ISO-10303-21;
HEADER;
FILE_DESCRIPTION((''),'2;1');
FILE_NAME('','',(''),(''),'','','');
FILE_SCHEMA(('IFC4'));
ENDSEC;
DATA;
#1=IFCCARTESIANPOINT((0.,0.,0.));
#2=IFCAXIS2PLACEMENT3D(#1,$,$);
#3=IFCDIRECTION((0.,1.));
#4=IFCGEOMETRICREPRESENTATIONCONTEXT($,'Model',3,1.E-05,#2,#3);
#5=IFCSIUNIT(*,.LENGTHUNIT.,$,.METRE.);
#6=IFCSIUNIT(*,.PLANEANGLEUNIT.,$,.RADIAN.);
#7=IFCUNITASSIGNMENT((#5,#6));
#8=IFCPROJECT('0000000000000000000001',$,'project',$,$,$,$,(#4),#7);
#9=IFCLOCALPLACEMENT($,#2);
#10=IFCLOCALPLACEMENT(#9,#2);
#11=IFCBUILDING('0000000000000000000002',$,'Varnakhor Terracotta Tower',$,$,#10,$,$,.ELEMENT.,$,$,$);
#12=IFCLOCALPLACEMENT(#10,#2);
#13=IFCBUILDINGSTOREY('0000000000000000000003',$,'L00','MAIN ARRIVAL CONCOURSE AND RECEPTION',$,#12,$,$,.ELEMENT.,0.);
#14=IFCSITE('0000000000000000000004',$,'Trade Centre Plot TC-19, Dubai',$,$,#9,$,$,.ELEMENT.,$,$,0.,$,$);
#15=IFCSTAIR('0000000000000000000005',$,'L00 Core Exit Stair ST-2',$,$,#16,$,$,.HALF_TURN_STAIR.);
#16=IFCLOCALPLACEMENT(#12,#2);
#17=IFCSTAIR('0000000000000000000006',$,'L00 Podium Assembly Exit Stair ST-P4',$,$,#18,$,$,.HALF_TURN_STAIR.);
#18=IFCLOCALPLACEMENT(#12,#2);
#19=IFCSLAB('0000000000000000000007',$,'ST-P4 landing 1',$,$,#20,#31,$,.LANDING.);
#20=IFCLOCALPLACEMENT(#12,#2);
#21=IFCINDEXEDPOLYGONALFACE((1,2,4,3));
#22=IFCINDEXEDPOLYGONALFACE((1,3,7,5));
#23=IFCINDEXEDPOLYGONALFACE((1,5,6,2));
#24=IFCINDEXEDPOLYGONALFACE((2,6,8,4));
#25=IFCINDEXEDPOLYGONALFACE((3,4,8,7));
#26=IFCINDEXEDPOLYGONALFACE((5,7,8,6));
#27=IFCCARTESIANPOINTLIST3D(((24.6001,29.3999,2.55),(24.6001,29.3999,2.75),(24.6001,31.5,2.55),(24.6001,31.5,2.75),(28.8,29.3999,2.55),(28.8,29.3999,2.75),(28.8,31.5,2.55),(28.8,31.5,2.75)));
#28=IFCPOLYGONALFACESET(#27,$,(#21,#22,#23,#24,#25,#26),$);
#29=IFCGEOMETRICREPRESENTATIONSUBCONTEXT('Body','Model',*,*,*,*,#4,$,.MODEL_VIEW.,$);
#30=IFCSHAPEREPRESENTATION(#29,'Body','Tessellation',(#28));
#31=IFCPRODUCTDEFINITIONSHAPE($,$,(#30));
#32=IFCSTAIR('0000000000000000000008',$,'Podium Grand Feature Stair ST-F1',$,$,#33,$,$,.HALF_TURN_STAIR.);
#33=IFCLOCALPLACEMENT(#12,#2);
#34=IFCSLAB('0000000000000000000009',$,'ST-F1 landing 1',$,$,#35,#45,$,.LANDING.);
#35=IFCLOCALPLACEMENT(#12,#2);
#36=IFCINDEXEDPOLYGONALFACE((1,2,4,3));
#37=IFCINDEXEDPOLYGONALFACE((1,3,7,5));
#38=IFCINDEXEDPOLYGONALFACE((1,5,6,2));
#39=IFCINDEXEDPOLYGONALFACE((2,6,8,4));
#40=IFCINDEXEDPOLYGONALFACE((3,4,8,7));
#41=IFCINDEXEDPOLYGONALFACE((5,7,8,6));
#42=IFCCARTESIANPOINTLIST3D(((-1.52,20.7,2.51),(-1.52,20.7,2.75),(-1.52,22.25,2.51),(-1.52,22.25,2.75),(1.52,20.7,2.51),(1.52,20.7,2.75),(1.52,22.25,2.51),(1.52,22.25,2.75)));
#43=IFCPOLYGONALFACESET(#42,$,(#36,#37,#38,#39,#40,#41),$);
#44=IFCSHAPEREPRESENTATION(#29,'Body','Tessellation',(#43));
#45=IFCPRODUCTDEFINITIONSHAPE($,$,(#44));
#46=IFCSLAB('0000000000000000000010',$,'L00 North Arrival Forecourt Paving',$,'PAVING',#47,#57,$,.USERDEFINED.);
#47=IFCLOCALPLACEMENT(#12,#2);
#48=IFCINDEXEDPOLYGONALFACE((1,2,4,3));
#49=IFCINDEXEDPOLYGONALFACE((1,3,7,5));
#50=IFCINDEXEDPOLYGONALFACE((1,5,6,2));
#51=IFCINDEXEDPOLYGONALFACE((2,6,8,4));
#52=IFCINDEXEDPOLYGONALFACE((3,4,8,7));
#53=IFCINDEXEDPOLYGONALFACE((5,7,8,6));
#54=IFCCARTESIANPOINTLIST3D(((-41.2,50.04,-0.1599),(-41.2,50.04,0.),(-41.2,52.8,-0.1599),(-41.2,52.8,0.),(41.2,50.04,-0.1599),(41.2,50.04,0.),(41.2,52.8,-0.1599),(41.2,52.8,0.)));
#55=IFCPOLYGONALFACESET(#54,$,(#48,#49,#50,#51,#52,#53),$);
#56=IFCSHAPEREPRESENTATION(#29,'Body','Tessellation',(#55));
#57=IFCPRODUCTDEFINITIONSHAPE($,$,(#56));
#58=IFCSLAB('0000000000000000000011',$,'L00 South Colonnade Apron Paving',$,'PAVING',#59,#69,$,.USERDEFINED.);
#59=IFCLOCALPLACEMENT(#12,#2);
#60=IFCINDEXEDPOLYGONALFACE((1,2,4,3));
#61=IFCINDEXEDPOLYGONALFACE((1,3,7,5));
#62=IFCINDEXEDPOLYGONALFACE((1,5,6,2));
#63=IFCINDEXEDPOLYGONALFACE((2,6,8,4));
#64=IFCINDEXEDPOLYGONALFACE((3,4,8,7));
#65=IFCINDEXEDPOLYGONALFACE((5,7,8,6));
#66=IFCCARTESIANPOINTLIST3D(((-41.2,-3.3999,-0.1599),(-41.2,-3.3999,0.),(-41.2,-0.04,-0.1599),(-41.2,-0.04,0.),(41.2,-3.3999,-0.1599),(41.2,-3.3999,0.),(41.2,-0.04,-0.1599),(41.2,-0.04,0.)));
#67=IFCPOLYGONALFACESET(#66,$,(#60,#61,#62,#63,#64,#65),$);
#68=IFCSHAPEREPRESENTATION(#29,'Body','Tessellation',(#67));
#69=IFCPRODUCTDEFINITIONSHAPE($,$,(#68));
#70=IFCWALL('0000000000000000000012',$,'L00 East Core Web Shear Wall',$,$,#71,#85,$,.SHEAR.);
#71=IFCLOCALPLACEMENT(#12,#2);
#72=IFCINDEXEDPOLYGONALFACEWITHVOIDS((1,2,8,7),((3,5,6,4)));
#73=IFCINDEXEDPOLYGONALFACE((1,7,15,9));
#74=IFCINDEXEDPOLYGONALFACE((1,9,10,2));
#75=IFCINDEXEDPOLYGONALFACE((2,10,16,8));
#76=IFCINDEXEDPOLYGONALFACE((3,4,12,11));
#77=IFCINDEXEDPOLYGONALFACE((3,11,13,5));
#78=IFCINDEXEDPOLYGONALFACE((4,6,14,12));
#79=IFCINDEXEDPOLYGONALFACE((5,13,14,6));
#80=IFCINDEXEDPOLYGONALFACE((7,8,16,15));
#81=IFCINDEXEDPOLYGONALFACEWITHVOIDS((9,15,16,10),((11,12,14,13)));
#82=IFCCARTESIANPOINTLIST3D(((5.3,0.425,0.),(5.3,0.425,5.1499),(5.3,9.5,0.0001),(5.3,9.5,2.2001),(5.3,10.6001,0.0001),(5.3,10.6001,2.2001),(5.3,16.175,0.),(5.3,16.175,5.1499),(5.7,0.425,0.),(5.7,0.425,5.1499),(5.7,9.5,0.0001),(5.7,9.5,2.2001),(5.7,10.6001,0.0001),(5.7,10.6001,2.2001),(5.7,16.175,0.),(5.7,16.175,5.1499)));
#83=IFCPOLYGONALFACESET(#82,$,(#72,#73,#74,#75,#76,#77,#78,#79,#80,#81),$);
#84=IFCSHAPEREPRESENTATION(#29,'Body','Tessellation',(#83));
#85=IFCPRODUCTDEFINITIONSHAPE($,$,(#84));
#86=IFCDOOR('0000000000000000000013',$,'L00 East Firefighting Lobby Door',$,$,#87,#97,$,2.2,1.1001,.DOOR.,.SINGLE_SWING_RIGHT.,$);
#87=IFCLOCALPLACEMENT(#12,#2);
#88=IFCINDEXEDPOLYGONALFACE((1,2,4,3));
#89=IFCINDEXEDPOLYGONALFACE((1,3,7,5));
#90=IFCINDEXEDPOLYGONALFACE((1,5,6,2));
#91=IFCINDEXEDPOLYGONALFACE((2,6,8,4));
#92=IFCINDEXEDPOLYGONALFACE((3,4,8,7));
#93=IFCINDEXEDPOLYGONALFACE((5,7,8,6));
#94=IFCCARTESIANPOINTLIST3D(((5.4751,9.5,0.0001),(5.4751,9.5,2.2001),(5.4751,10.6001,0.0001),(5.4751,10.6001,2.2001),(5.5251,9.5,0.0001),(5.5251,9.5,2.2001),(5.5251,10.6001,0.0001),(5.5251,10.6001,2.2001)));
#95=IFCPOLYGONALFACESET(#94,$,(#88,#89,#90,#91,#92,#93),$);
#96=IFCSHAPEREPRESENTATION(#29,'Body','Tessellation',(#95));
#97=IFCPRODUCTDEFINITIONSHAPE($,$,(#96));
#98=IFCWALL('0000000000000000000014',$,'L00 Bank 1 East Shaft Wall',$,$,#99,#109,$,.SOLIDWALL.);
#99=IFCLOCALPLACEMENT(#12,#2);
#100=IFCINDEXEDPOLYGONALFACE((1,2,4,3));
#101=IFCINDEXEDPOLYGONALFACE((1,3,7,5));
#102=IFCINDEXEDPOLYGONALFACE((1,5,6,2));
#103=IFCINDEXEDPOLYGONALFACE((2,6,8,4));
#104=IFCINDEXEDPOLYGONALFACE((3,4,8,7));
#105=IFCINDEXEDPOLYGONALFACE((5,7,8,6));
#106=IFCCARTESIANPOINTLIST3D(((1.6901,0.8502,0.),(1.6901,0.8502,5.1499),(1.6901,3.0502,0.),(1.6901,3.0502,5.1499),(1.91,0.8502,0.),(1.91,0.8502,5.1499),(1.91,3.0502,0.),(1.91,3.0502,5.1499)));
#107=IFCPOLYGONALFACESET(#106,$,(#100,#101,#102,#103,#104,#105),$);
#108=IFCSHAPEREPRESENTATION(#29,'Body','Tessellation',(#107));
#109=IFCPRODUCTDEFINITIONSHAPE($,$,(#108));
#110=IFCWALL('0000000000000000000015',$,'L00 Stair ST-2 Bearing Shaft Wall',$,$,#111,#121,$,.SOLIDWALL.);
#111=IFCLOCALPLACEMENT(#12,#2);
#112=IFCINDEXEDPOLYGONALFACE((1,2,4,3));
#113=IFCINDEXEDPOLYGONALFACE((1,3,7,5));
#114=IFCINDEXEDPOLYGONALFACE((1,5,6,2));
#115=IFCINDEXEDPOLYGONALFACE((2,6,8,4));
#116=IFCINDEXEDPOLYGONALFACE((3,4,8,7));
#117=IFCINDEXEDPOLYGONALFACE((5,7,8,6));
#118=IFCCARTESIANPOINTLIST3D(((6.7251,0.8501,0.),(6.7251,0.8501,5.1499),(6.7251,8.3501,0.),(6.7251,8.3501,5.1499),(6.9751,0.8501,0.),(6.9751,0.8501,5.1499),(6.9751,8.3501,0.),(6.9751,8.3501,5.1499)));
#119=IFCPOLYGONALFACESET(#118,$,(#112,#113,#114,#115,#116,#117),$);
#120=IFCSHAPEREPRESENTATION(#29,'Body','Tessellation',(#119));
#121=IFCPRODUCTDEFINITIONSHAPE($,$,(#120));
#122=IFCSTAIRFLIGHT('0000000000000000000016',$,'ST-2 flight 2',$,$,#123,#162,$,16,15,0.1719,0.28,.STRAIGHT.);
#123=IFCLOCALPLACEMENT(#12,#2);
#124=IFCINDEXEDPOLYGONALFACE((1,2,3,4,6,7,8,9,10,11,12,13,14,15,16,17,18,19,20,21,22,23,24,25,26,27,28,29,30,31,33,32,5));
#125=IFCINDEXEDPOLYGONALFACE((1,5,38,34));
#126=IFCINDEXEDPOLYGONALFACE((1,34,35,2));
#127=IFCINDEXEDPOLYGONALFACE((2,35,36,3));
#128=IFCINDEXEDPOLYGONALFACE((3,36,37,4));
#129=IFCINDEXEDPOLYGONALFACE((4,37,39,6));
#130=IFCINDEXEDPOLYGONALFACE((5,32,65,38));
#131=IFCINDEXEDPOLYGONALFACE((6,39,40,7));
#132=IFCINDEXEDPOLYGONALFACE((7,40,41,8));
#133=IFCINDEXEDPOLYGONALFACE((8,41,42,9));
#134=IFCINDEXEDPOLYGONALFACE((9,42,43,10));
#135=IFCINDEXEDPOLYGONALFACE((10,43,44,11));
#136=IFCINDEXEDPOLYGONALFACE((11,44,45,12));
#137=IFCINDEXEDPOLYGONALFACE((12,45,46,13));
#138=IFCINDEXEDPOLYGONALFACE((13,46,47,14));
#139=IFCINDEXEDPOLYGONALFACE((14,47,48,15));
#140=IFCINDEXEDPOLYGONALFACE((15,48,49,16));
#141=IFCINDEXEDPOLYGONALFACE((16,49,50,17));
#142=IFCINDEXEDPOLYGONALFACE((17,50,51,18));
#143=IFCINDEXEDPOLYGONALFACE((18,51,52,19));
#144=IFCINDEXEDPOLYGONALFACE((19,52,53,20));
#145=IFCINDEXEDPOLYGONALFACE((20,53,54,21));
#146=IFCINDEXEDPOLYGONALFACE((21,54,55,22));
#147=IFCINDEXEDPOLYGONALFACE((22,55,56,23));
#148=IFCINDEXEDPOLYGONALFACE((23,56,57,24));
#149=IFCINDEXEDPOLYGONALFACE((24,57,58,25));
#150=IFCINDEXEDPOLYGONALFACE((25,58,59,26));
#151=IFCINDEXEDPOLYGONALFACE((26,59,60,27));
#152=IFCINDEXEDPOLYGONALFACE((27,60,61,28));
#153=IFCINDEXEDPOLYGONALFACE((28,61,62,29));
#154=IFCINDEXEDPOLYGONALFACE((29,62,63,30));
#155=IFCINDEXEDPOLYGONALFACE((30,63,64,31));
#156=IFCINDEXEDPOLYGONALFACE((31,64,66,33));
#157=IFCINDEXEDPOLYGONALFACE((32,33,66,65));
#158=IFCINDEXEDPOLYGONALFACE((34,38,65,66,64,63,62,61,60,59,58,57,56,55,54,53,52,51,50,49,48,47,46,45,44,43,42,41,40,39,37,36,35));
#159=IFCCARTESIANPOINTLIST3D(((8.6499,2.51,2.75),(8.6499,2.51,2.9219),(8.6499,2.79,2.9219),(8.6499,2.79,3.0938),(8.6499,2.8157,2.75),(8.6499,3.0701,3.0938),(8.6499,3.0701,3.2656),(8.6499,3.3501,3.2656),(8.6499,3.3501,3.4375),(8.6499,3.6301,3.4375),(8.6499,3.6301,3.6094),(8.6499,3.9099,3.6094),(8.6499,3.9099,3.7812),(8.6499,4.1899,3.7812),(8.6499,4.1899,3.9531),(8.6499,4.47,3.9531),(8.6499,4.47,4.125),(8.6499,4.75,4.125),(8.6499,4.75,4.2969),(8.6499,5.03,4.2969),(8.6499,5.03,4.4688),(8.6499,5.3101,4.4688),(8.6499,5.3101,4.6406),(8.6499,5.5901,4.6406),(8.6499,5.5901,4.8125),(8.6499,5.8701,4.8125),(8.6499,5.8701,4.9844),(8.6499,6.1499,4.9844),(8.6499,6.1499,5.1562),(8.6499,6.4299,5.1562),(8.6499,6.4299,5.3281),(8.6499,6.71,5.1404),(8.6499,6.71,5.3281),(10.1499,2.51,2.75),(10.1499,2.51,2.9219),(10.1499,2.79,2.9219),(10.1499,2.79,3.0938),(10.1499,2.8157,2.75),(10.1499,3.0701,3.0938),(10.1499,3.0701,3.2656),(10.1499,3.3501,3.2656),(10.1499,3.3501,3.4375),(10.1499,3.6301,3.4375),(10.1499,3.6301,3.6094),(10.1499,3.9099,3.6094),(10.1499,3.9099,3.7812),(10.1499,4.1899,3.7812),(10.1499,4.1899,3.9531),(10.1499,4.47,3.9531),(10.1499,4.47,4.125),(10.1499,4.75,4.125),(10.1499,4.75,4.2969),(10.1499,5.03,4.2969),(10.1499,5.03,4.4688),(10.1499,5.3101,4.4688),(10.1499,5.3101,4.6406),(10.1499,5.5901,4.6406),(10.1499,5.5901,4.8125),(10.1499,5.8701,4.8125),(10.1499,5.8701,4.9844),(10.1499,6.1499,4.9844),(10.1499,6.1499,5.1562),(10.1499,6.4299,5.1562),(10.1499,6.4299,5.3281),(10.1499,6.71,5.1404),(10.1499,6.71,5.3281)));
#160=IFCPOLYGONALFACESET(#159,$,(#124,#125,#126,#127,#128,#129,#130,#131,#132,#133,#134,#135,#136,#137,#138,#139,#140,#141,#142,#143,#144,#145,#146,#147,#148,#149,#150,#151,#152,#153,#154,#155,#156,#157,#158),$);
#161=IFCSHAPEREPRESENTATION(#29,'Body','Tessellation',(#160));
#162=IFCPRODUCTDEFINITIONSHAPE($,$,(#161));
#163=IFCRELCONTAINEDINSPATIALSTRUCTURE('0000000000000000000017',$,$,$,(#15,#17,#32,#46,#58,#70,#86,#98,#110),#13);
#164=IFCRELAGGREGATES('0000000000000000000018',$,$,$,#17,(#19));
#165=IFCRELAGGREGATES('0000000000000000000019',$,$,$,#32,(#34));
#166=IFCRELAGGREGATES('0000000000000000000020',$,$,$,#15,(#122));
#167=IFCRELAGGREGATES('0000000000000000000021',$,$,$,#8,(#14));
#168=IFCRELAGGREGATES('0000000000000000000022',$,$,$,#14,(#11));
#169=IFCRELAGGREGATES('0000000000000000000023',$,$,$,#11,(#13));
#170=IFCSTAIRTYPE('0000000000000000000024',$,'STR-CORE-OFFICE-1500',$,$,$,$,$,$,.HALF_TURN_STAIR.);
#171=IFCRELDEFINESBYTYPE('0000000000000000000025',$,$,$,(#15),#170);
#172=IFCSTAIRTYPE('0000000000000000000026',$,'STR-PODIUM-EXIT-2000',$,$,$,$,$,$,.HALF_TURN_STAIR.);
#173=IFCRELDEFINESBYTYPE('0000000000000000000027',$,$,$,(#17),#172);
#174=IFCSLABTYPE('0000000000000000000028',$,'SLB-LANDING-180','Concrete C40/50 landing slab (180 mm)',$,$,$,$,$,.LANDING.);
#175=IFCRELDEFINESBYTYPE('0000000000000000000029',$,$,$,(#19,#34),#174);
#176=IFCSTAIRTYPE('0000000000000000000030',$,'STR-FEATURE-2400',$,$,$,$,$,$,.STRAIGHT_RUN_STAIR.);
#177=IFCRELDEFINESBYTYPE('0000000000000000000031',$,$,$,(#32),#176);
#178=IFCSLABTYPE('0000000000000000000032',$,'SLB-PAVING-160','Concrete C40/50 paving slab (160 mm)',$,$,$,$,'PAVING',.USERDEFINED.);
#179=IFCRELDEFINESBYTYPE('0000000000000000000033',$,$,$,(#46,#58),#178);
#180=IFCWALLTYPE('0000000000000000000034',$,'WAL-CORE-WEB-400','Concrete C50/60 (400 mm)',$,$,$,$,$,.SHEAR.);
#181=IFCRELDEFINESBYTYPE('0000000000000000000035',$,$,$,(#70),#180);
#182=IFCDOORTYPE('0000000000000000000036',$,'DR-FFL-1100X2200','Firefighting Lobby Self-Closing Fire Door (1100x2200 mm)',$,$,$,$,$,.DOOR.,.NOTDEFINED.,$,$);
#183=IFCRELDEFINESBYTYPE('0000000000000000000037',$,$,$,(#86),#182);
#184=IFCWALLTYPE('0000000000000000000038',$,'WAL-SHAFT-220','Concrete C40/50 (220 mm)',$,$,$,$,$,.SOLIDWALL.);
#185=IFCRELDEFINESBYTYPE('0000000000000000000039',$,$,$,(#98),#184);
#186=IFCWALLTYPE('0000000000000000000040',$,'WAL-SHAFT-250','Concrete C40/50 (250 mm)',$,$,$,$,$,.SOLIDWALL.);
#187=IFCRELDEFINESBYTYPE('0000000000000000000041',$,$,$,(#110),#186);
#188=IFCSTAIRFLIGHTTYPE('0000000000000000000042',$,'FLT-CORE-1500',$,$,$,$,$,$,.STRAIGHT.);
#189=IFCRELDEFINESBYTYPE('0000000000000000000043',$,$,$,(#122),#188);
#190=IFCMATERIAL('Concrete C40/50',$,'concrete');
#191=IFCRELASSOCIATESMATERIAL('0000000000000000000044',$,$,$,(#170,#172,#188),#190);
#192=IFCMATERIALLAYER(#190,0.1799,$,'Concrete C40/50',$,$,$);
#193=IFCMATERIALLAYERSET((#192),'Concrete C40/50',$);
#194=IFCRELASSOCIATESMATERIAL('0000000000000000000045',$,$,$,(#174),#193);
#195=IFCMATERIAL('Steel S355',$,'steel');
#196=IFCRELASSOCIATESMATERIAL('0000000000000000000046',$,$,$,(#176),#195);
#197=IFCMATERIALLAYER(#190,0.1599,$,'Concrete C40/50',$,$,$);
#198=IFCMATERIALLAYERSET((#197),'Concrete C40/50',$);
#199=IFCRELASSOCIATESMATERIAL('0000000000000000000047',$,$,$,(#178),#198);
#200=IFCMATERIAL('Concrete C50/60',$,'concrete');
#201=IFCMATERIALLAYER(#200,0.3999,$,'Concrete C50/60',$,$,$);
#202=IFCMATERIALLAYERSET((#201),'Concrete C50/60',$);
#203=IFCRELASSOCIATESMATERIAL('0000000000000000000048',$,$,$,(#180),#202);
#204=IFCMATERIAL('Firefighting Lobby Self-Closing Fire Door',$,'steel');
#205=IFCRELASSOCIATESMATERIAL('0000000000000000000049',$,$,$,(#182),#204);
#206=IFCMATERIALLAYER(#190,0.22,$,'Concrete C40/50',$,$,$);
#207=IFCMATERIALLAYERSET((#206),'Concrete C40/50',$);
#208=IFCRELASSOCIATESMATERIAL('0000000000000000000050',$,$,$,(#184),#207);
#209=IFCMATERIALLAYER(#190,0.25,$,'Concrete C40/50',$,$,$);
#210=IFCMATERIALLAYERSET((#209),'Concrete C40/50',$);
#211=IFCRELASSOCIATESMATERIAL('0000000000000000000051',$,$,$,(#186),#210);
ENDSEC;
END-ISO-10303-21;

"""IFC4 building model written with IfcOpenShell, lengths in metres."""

from ifc_helpers import new_model, si_unit, direction, frame, frame_2d, origin, place, context, subcontext, project, spatial, polyline, rectangle, outline, extrude, source, transform, mapped, material, layer, layer_set, type_object, type_shapes, element, fill, aggregate, save


model = new_model("IFC4")

# Units and contexts
model_context = context("Model", 3, precision=1e-05, world=origin(), true_north=direction((0.0, 1.0)))
body_context = subcontext(model_context, "Body", "Model", "MODEL_VIEW")
ifc_project = project(units=[si_unit("LENGTHUNIT", "METRE"), si_unit("PLANEANGLEUNIT", "RADIAN")], contexts=[model_context])

# Site, building, storey
site_placement = place(None, origin())
site = spatial("IfcSite", under=ifc_project, at=site_placement, Name="Trade Centre Plot TC-19, Dubai", CompositionType="ELEMENT", RefElevation=0.0)
building_placement = place(site_placement, origin())
building = spatial("IfcBuilding", under=site, at=building_placement, Name="Varnakhor Terracotta Tower", CompositionType="ELEMENT")
storey_placement = place(building_placement, origin())
storey = spatial("IfcBuildingStorey", under=building, at=storey_placement, Name="L00", Description="MAIN ARRIVAL CONCOURSE AND RECEPTION", CompositionType="ELEMENT", Elevation=0.0)

# Shared definitions
ifc_material_1 = material(Name="Concrete C50/60", Category="concrete")

# Shared definitions
ifc_material_2 = material(Name="Concrete C40/50", Category="concrete")

# Stairs, slabs
stair_type_1 = type_object("IfcStairType", Name="STR-CORE-OFFICE-1500", PredefinedType="HALF_TURN_STAIR", material=ifc_material_2)
ifc_layer_1 = layer(ifc_material_2, 0.1799, Name="Concrete C40/50")
ifc_layer_set_1 = layer_set([ifc_layer_1], Name="Concrete C40/50")
slab_type_1 = type_object("IfcSlabType", Name="SLB-LANDING-180", Description="Concrete C40/50 landing slab (180 mm)", PredefinedType="LANDING", material=ifc_layer_set_1)
stair_1_placement = place(storey_placement, origin())
stair_1 = element("IfcStair", 1, at=stair_1_placement, inside=storey, type_object=stair_type_1, Name="L00 Core Exit Stair ST-2", PredefinedType="HALF_TURN_STAIR")
stair_type_2 = type_object("IfcStairType", Name="STR-PODIUM-EXIT-2000", PredefinedType="HALF_TURN_STAIR", material=ifc_material_2)
stair_2_placement = place(storey_placement, origin())
stair_2 = element("IfcStair", 2, at=stair_2_placement, inside=storey, type_object=stair_type_2, Name="L00 Podium Assembly Exit Stair ST-P4", PredefinedType="HALF_TURN_STAIR")
slab_1_placement = place(storey_placement, frame((0.0, 0.0, 2.55)))
slab_1 = element("IfcSlab", 3, at=slab_1_placement, type_object=slab_type_1, Name="ST-P4 landing 1", PredefinedType="LANDING", context=body_context, shape_type="SweptSolid", body=[
    extrude(outline(polyline([(24.6001, 31.5), (24.6001, 29.3999), (28.8, 29.3999), (28.8, 31.5), (24.6001, 31.5)])), origin(), (0.0, 0.0, 1.0), 0.2),
])
aggregate(stair_2, [slab_1])
ifc_material_3 = material(Name="Steel S355", Category="steel")
stair_type_3 = type_object("IfcStairType", Name="STR-FEATURE-2400", PredefinedType="STRAIGHT_RUN_STAIR", material=ifc_material_3)
stair_3_placement = place(storey_placement, origin())
stair_3 = element("IfcStair", 4, at=stair_3_placement, inside=storey, type_object=stair_type_3, Name="Podium Grand Feature Stair ST-F1", PredefinedType="HALF_TURN_STAIR")
slab_2_placement = place(storey_placement, frame((0.0, 0.0, 2.51)))
slab_2 = element("IfcSlab", 5, at=slab_2_placement, type_object=slab_type_1, Name="ST-F1 landing 1", PredefinedType="LANDING", context=body_context, shape_type="SweptSolid", body=[
    extrude(outline(polyline([(-1.52, 20.7), (1.52, 20.7), (1.52, 22.25), (-1.52, 22.25), (-1.52, 20.7)])), origin(), (0.0, 0.0, 1.0), 0.24),
])
aggregate(stair_3, [slab_2])

# Slabs
ifc_layer_2 = layer(ifc_material_2, 0.1599, Name="Concrete C40/50")
ifc_layer_set_2 = layer_set([ifc_layer_2], Name="Concrete C40/50")
slab_type_2 = type_object("IfcSlabType", Name="SLB-PAVING-160", Description="Concrete C40/50 paving slab (160 mm)", ElementType="PAVING", PredefinedType="USERDEFINED", material=ifc_layer_set_2)
slab_3_placement = place(storey_placement, frame((0.0, 0.0, -0.1599)))
element("IfcSlab", 6, at=slab_3_placement, inside=storey, type_object=slab_type_2, Name="L00 North Arrival Forecourt Paving", ObjectType="PAVING", PredefinedType="USERDEFINED", context=body_context, shape_type="SweptSolid", body=[
    extrude(outline(polyline([(-41.2, 50.04), (41.2, 50.04), (41.2, 52.8), (-41.2, 52.8), (-41.2, 50.04)])), origin(), (0.0, 0.0, 1.0), 0.1599),
])
slab_4_placement = place(storey_placement, frame((0.0, 0.0, -0.1599)))
element("IfcSlab", 7, at=slab_4_placement, inside=storey, type_object=slab_type_2, Name="L00 South Colonnade Apron Paving", ObjectType="PAVING", PredefinedType="USERDEFINED", context=body_context, shape_type="SweptSolid", body=[
    extrude(outline(polyline([(-41.2, -3.3999), (41.2, -3.3999), (41.2, -0.04), (-41.2, -0.04), (-41.2, -3.3999)])), origin(), (0.0, 0.0, 1.0), 0.1599),
])

# Wall, opening, door
ifc_layer_3 = layer(ifc_material_1, 0.3999, Name="Concrete C50/60")
ifc_layer_set_3 = layer_set([ifc_layer_3], Name="Concrete C50/60")
wall_type_1 = type_object("IfcWallType", Name="WAL-CORE-WEB-400", Description="Concrete C50/60 (400 mm)", PredefinedType="SHEAR", material=ifc_layer_set_3)
wall_1_placement = place(storey_placement, frame((5.5, 0.425, 0.0), z_axis=(0.0, 0.0, 1.0), x_axis=(0.0, 1.0, 0.0)))
wall_1 = element("IfcWall", 8, at=wall_1_placement, inside=storey, type_object=wall_type_1, Name="L00 East Core Web Shear Wall", PredefinedType="SHEAR", context=body_context, shape_type="SweptSolid", body=[
    extrude(rectangle(XDim=15.75, YDim=0.3999, at=frame_2d((7.875, 0.0))), origin(), (0.0, 0.0, 1.0), 5.1499),
])
opening_placement = place(wall_1_placement, frame((9.075, 0.0, 0.0)))
opening = element("IfcOpeningElement", 9, at=opening_placement, cuts=wall_1, PredefinedType="OPENING", context=body_context, shape_type="SweptSolid", body=[
    extrude(rectangle(XDim=1.1001, YDim=2.2, at=frame_2d((0.55, 1.1001))), frame((0.0, 0.21, 0.0), z_axis=(0.0, -1.0, 0.0), x_axis=(1.0, 0.0, 0.0)), (0.0, 0.0, 1.0), 0.4199),
])
ifc_material_4 = material(Name="Firefighting Lobby Self-Closing Fire Door", Category="steel")
door_type = type_object("IfcDoorType", Name="DR-FFL-1100X2200", Description="Firefighting Lobby Self-Closing Fire Door (1100x2200 mm)", OperationType="NOTDEFINED", PredefinedType="DOOR", material=ifc_material_4)
shared_shape_1 = source(origin(), body_context, "Body", "SweptSolid", [
    extrude(rectangle(XDim=1.1001, YDim=2.2, at=frame_2d((0.55, 1.1001))), frame((0.0, 0.0249, 0.0), z_axis=(0.0, -1.0, 0.0), x_axis=(1.0, 0.0, 0.0)), (0.0, 0.0, 1.0), 0.05),
])
type_shapes(door_type, [shared_shape_1])
door_placement = place(opening_placement, origin())
door = element("IfcDoor", 10, at=door_placement, inside=storey, type_object=door_type, Name="L00 East Firefighting Lobby Door", OperationType="SINGLE_SWING_RIGHT", OverallHeight=2.2, OverallWidth=1.1001, PredefinedType="DOOR", context=body_context, shape_type="MappedRepresentation", body=[
    mapped(shared_shape_1, transform((0.0, 0.0, 0.0), scale=1.0)),
])
fill(opening, door)

# Walls
ifc_layer_4 = layer(ifc_material_2, 0.22, Name="Concrete C40/50")
ifc_layer_set_4 = layer_set([ifc_layer_4], Name="Concrete C40/50")
wall_type_2 = type_object("IfcWallType", Name="WAL-SHAFT-220", Description="Concrete C40/50 (220 mm)", PredefinedType="SOLIDWALL", material=ifc_layer_set_4)
wall_2_placement = place(storey_placement, frame((1.8, 0.8501, 0.0), z_axis=(0.0, 0.0, 1.0), x_axis=(0.0, 1.0, 0.0)))
element("IfcWall", 11, at=wall_2_placement, inside=storey, type_object=wall_type_2, Name="L00 Bank 1 East Shaft Wall", PredefinedType="SOLIDWALL", context=body_context, shape_type="SweptSolid", body=[
    extrude(rectangle(XDim=2.2, YDim=0.22, at=frame_2d((1.1001, 0.0))), origin(), (0.0, 0.0, 1.0), 5.1499),
])
ifc_layer_5 = layer(ifc_material_2, 0.25, Name="Concrete C40/50")
ifc_layer_set_5 = layer_set([ifc_layer_5], Name="Concrete C40/50")
wall_type_3 = type_object("IfcWallType", Name="WAL-SHAFT-250", Description="Concrete C40/50 (250 mm)", PredefinedType="SOLIDWALL", material=ifc_layer_set_5)
wall_3_placement = place(storey_placement, frame((6.8501, 0.8501, 0.0), z_axis=(0.0, 0.0, 1.0), x_axis=(0.0, 1.0, 0.0)))
element("IfcWall", 12, at=wall_3_placement, inside=storey, type_object=wall_type_3, Name="L00 Stair ST-2 Bearing Shaft Wall", PredefinedType="SOLIDWALL", context=body_context, shape_type="SweptSolid", body=[
    extrude(rectangle(XDim=7.5, YDim=0.25, at=frame_2d((3.75, 0.0))), origin(), (0.0, 0.0, 1.0), 5.1499),
])

# Stair flight
stair_flight_type = type_object("IfcStairFlightType", Name="FLT-CORE-1500", PredefinedType="STRAIGHT", material=ifc_material_2)
stair_flight_placement = place(storey_placement, frame((9.3999, 2.51, 2.75), z_axis=(0.0, 0.0, 1.0), x_axis=(0.0, 1.0, 0.0)))
stair_flight = element("IfcStairFlight", 13, at=stair_flight_placement, type_object=stair_flight_type, Name="ST-2 flight 2", NumberOfRisers=16, NumberOfTreads=15, PredefinedType="STRAIGHT", RiserHeight=0.1719, TreadLength=0.28, context=body_context, shape_type="SweptSolid", body=[
    extrude(outline(polyline([(0.0, 0.0), (0.0, 0.1719), (0.28, 0.1719), (0.28, 0.3438), (0.5601, 0.3438), (0.5601, 0.5156), (0.8401, 0.5156), (0.8401, 0.6875), (1.1201, 0.6875), (1.1201, 0.8594), (1.3999, 0.8594), (1.3999, 1.0312), (1.6799, 1.0312), (1.6799, 1.2031), (1.96, 1.2031), (1.96, 1.375), (2.24, 1.375), (2.24, 1.5469), (2.52, 1.5469), (2.52, 1.7188), (2.8, 1.7188), (2.8, 1.8906), (3.0801, 1.8906), (3.0801, 2.0625), (3.3601, 2.0625), (3.3601, 2.2344), (3.6399, 2.2344), (3.6399, 2.4062), (3.9199, 2.4062), (3.9199, 2.5781), (4.2, 2.5781), (4.2, 2.75), (4.2, 2.3904), (0.3057, 0.0), (0.0, 0.0)])), frame((0.0, 0.75, 0.0), z_axis=(0.0, -1.0, 0.0), x_axis=(1.0, 0.0, 0.0)), (0.0, 0.0, 1.0), 1.5),
])
aggregate(stair_1, [stair_flight])

save(model, "model.ifc")
